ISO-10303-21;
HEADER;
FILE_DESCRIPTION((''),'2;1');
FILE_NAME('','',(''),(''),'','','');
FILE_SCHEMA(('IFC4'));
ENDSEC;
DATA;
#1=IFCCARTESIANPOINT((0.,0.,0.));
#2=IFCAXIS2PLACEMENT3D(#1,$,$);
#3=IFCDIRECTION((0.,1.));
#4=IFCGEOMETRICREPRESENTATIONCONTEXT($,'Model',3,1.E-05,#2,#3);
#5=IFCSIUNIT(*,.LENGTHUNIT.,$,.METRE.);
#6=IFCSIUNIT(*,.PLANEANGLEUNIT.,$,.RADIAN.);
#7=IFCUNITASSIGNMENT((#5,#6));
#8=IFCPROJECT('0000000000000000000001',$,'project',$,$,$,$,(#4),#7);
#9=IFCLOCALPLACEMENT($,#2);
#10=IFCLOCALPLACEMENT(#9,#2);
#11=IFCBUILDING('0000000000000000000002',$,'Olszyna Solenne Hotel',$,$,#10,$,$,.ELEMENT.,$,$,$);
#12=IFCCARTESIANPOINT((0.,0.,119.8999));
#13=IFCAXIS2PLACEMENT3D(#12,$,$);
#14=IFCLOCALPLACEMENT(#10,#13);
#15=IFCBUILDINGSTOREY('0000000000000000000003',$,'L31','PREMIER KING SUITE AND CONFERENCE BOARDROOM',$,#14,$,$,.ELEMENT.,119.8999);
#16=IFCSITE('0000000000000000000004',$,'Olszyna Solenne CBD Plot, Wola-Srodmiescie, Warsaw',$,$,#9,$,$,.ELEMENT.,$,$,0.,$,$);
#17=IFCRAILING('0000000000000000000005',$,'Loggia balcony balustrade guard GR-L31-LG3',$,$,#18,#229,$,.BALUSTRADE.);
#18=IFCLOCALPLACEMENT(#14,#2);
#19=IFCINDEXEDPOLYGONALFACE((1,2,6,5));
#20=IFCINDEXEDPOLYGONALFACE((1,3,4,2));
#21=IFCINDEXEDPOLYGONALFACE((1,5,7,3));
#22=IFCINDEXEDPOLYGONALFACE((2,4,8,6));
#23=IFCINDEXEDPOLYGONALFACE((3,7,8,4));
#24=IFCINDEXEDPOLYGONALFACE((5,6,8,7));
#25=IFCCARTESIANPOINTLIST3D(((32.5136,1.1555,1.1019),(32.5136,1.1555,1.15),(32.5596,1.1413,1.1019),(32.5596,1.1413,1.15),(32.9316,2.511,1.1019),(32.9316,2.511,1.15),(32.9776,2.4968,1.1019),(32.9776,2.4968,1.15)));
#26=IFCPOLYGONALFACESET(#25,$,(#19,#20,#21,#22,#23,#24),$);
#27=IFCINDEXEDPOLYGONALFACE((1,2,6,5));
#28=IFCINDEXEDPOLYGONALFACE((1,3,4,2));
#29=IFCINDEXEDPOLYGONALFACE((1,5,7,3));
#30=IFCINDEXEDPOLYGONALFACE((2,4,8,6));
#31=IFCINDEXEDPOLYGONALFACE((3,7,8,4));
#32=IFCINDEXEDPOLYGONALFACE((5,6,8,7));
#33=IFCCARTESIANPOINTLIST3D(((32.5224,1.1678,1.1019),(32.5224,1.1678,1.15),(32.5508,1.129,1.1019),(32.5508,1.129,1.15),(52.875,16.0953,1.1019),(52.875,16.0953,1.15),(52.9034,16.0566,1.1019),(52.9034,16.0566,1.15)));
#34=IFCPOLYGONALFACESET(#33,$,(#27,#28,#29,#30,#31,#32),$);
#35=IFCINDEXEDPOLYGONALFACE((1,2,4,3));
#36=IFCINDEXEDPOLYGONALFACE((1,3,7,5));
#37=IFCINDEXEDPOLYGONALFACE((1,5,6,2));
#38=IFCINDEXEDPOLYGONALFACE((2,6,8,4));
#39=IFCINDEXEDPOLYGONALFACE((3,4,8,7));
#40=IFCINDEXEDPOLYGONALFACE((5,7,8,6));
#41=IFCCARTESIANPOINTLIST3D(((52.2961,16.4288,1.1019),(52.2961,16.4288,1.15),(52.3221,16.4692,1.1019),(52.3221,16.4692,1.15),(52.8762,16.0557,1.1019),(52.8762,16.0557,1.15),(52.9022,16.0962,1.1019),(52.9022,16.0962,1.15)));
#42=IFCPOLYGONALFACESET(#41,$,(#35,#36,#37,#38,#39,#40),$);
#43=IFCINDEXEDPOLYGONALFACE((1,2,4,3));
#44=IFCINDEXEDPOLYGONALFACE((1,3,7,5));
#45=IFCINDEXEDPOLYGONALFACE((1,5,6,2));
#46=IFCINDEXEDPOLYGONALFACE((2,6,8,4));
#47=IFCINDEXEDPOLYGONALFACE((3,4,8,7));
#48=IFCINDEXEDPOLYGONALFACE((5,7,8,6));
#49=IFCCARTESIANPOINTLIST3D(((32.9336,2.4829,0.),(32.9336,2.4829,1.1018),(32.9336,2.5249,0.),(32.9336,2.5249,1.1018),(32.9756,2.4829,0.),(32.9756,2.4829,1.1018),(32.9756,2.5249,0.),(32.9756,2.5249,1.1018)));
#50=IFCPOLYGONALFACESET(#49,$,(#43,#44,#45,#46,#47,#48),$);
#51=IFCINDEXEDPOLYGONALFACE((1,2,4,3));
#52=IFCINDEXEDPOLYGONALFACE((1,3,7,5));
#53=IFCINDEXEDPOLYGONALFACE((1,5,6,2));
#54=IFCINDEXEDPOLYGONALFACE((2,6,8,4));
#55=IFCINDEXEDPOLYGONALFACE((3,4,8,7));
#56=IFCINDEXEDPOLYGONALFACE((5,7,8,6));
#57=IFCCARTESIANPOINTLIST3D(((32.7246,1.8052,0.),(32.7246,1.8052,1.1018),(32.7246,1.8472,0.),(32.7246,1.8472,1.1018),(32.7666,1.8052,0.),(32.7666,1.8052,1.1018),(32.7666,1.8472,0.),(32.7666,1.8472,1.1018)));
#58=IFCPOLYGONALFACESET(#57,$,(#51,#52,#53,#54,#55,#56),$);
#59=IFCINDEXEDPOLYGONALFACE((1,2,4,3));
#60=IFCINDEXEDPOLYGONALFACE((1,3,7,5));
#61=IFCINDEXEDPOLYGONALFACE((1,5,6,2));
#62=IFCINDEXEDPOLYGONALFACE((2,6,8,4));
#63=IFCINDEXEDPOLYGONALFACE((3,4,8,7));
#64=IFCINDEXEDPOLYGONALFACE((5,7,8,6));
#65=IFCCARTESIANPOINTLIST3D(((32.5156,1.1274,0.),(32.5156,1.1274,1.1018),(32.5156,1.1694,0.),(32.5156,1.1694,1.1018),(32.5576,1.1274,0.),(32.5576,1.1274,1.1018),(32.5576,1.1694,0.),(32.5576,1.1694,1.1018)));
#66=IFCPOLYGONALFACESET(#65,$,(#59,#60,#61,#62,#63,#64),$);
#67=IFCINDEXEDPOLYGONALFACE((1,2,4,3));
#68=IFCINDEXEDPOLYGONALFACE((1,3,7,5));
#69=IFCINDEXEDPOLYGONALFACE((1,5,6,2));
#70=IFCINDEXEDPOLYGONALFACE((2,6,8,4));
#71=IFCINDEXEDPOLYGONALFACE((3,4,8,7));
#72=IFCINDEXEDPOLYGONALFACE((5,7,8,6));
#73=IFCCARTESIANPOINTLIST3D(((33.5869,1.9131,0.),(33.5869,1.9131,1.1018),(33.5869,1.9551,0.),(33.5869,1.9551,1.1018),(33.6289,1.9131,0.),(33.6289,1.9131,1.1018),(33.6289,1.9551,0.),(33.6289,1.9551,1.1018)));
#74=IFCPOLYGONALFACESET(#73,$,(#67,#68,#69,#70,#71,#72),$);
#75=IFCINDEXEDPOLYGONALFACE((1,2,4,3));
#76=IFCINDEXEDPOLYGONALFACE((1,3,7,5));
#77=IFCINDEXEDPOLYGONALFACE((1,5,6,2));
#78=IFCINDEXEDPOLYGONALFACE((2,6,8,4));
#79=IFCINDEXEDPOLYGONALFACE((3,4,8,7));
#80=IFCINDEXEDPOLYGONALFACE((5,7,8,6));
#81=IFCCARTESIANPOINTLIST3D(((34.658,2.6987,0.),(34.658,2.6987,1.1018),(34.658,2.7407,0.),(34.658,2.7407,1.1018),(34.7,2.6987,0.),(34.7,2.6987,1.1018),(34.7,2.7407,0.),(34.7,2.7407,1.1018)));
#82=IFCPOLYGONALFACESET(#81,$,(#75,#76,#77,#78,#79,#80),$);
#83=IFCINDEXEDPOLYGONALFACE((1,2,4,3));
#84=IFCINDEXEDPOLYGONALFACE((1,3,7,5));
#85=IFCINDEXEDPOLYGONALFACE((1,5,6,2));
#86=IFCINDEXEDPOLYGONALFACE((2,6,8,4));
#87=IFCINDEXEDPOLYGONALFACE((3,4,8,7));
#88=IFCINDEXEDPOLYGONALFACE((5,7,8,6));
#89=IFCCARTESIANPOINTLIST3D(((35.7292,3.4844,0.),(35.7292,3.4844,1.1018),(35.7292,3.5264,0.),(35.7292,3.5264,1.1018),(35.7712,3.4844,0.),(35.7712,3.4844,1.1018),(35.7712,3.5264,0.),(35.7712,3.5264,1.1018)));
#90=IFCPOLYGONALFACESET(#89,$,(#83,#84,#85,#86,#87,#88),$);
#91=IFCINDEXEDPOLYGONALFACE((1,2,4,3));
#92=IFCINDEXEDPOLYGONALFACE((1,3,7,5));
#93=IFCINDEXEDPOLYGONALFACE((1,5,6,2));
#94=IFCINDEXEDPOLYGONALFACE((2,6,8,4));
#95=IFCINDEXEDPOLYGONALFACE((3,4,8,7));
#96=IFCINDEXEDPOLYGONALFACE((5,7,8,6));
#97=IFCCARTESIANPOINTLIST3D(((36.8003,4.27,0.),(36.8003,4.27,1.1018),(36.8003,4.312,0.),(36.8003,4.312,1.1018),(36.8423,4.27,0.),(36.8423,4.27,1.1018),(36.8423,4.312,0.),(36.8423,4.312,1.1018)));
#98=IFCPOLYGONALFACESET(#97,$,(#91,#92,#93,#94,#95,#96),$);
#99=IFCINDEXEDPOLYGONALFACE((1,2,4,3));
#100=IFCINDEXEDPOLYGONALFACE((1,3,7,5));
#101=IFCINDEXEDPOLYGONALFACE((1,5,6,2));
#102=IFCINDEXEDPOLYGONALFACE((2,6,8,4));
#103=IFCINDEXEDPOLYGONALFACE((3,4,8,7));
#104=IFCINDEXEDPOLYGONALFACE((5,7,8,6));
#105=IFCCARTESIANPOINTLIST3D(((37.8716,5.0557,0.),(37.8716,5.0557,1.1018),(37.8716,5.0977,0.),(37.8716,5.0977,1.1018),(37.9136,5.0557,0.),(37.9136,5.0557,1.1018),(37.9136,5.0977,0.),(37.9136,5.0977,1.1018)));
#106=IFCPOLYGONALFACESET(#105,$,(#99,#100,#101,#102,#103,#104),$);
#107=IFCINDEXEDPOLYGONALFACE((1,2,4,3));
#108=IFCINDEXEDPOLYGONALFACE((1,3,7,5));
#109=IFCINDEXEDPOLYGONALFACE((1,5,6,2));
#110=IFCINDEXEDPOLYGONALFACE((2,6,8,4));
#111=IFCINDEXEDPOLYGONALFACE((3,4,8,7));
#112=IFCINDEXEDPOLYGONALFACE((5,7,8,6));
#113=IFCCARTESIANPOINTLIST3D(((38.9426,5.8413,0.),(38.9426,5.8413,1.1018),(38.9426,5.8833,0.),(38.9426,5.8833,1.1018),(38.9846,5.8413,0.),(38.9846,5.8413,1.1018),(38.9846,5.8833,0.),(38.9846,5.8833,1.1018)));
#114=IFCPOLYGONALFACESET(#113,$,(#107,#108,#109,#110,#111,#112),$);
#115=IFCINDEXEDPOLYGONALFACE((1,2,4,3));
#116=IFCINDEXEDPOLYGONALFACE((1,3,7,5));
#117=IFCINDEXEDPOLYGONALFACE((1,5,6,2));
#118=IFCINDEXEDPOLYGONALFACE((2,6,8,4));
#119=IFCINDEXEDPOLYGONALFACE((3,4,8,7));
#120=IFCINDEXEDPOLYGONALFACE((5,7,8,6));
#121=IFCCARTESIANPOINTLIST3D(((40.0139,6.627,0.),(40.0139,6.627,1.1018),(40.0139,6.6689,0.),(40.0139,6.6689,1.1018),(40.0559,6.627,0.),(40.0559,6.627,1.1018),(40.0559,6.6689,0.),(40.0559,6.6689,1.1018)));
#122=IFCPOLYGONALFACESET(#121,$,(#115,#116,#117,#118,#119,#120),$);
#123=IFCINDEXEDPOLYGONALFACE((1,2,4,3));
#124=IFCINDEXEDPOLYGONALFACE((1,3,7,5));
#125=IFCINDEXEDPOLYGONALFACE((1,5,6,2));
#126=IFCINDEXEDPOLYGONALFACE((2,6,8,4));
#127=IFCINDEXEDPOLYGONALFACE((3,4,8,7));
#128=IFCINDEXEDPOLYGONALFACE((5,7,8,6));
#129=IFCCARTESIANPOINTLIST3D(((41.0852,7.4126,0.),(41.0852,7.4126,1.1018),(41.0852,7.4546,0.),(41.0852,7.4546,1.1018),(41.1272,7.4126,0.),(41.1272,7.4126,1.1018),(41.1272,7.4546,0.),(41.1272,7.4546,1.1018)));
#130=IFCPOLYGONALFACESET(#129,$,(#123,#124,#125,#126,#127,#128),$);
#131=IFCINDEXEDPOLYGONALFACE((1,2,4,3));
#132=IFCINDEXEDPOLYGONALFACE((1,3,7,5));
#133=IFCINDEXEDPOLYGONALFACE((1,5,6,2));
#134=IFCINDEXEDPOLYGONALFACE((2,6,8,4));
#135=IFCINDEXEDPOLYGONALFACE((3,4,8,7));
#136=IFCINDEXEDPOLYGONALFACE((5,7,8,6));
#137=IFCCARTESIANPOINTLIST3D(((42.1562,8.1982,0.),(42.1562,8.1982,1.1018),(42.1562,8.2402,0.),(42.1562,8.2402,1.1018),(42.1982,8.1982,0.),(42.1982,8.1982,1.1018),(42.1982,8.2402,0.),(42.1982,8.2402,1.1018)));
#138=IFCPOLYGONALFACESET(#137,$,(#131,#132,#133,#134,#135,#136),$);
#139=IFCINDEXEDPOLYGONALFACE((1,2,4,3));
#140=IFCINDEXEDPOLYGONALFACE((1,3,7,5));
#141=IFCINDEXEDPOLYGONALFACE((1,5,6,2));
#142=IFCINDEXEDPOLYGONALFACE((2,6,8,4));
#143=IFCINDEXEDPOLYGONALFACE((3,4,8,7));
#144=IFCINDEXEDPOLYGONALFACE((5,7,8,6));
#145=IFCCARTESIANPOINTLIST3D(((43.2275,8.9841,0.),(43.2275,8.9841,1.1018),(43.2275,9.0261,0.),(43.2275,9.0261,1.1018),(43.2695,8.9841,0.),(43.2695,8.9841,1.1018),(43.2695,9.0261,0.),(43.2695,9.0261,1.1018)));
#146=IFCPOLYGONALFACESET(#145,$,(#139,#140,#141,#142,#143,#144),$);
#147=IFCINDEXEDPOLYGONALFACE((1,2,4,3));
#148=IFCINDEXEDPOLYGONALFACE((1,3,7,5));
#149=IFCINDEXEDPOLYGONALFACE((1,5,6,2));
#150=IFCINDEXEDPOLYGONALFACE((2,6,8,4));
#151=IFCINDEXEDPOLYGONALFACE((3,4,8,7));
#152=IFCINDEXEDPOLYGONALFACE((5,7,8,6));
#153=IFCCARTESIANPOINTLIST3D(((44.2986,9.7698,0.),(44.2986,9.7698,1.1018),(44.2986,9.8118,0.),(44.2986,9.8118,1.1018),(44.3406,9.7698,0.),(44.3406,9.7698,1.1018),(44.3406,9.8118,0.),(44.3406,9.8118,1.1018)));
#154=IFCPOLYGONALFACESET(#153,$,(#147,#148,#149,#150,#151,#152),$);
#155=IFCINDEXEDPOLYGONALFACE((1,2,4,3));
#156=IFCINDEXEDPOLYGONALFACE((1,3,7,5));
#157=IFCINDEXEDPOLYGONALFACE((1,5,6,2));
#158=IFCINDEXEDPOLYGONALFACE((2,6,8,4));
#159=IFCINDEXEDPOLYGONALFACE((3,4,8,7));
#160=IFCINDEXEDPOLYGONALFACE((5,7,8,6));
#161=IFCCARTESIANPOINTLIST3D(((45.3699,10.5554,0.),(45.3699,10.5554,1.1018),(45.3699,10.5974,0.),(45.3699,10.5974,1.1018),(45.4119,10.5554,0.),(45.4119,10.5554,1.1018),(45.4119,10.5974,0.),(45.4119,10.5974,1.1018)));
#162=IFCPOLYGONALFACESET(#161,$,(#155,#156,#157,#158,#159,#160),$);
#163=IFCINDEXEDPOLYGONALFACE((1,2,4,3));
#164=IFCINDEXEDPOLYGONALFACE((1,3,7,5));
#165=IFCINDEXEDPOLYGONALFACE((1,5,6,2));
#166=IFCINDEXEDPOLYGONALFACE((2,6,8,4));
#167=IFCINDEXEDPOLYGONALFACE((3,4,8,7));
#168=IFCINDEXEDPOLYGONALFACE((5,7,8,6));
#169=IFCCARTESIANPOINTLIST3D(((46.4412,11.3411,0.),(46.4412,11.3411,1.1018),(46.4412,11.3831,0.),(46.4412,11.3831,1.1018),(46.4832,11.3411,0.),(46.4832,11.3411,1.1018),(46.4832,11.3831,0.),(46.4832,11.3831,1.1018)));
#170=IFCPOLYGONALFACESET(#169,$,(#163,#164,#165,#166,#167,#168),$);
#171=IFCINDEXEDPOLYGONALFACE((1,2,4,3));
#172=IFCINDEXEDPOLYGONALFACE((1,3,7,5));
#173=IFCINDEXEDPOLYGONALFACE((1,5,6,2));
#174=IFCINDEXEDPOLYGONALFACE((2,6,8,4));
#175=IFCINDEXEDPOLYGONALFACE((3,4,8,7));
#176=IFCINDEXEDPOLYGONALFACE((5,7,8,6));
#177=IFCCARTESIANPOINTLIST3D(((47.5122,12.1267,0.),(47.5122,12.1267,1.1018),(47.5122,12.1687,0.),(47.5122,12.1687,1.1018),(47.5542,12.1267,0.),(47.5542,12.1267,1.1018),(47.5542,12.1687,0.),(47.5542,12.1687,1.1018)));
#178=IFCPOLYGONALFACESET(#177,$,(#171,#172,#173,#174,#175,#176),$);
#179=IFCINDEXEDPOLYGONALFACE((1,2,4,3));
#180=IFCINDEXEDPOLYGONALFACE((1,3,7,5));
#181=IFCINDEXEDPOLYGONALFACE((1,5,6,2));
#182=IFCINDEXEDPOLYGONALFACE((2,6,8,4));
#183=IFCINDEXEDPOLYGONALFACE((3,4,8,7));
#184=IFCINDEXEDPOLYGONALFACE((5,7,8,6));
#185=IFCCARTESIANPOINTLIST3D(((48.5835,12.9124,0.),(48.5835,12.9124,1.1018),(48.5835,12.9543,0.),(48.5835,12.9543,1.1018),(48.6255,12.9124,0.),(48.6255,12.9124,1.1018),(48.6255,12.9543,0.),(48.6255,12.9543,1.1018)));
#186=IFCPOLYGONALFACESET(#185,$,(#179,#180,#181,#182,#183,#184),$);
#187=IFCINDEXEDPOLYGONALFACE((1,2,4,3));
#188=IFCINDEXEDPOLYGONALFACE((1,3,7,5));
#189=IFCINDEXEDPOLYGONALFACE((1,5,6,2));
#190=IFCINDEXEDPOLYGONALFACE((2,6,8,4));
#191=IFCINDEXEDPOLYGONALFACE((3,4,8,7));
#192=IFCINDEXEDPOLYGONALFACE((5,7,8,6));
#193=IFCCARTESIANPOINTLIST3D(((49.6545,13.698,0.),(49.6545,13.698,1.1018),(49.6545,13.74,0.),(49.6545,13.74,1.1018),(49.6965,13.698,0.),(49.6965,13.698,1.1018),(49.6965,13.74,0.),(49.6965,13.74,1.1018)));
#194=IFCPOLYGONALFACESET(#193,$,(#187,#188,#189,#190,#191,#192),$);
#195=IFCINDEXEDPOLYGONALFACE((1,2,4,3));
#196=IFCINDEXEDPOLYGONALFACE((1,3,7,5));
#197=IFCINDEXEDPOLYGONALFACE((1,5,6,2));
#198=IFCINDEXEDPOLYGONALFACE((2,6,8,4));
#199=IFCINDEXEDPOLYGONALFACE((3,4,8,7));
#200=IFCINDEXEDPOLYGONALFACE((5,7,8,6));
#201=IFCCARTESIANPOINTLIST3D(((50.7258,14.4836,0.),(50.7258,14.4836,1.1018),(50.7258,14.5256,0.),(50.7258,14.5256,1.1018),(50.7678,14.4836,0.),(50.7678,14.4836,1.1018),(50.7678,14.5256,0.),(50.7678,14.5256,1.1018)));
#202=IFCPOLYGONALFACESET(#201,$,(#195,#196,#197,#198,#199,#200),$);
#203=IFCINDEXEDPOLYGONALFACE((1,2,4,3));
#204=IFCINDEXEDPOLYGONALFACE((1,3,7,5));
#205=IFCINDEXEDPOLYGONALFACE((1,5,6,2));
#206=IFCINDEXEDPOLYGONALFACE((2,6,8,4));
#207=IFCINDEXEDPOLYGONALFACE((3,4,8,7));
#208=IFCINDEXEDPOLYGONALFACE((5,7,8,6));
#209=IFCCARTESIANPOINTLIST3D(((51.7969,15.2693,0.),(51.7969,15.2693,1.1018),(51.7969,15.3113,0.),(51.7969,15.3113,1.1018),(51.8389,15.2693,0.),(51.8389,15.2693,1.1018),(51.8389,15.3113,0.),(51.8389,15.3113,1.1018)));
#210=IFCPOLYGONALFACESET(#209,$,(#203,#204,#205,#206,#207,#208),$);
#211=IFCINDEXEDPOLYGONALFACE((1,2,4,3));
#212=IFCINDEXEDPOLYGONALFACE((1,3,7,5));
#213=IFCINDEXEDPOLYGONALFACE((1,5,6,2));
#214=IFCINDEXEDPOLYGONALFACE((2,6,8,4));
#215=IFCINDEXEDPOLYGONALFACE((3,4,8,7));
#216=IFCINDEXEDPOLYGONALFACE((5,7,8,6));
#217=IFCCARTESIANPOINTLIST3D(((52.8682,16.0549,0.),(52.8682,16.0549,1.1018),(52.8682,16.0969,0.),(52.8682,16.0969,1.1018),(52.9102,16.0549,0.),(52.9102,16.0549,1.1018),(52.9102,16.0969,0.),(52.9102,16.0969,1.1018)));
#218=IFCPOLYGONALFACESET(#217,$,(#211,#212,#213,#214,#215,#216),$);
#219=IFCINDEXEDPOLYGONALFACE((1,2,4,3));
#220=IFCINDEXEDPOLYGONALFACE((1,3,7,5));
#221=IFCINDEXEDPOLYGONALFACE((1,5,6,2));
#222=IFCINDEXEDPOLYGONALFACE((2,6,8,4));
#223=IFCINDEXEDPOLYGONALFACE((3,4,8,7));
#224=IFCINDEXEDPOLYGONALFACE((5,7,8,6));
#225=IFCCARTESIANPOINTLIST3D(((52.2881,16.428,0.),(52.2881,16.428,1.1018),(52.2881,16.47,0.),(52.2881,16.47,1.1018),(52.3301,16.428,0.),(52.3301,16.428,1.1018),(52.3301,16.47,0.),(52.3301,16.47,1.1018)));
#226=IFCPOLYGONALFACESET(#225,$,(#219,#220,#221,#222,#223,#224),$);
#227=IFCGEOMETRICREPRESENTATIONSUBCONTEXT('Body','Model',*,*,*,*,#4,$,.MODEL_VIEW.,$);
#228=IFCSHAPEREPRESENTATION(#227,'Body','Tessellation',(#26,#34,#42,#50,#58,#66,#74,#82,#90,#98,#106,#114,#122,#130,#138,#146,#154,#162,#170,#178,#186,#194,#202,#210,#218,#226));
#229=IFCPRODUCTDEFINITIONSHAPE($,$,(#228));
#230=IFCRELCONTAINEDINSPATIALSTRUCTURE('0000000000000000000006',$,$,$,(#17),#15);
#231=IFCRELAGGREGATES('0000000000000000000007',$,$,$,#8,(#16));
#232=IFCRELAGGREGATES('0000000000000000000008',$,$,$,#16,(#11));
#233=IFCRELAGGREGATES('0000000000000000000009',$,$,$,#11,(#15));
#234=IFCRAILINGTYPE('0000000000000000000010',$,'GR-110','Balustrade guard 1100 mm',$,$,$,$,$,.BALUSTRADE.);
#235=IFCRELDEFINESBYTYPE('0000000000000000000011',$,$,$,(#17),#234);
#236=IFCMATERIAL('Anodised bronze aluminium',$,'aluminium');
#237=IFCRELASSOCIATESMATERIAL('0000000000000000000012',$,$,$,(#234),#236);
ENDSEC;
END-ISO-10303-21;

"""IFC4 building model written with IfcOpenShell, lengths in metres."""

from ifc_helpers import new_model, si_unit, direction, frame, origin, origin_2d, place, context, subcontext, project, spatial, rectangle, extrude, material, type_object, element, save


model = new_model("IFC4")

# Units and contexts
model_context = context("Model", 3, precision=1e-05, world=origin(), true_north=direction((0.0, 1.0)))
body_context = subcontext(model_context, "Body", "Model", "MODEL_VIEW")
ifc_project = project(units=[si_unit("LENGTHUNIT", "METRE"), si_unit("PLANEANGLEUNIT", "RADIAN")], contexts=[model_context])

# Site, building, storey
site_placement = place(None, origin())
site = spatial("IfcSite", under=ifc_project, at=site_placement, Name="Olszyna Solenne CBD Plot, Wola-Srodmiescie, Warsaw", CompositionType="ELEMENT", RefElevation=0.0)
building_placement = place(site_placement, origin())
building = spatial("IfcBuilding", under=site, at=building_placement, Name="Olszyna Solenne Hotel", CompositionType="ELEMENT")
storey_placement = place(building_placement, frame((0.0, 0.0, 119.8999)))
storey = spatial("IfcBuildingStorey", under=building, at=storey_placement, Name="L31", Description="PREMIER KING SUITE AND CONFERENCE BOARDROOM", CompositionType="ELEMENT", Elevation=119.8999)

# Railing
ifc_material_1 = material(Name="Anodised bronze aluminium", Category="aluminium")
railing_type_1 = type_object("IfcRailingType", Name="GR-110", Description="Balustrade guard 1100 mm", PredefinedType="BALUSTRADE", material=ifc_material_1)
railing_1_placement = place(storey_placement, frame((32.9546, 2.5039, 0.0)))
element("IfcRailing", 1, at=railing_1_placement, inside=storey, type_object=railing_type_1, Name="Loggia balcony balustrade guard GR-L31-LG3", PredefinedType="BALUSTRADE", context=body_context, shape_type="SweptSolid", body=[
    extrude(rectangle(XDim=0.0481, YDim=0.0481, at=origin_2d()), frame((0.0, 0.0, 1.126), z_axis=(-0.294666, -0.9556, 0.0), x_axis=(0.9556, -0.294666, 0.0)), (0.0, 0.0, 1.0), 1.4185),
    extrude(rectangle(XDim=0.0481, YDim=0.0481, at=origin_2d()), frame((-0.418, -1.3555, 1.126), z_axis=(0.806362, 0.591423, 0.0), x_axis=(-0.591423, 0.806362, 0.0)), (0.0, 0.0, 1.0), 25.24),
    extrude(rectangle(XDim=0.0481, YDim=0.0481, at=origin_2d()), frame((19.9346, 13.572, 1.126), z_axis=(-0.841086, 0.540901, 0.0), x_axis=(-0.540901, -0.841086, 0.0)), (0.0, 0.0, 1.0), 0.6897),
    extrude(rectangle(XDim=0.042, YDim=0.042, at=origin_2d()), origin(), (0.0, 0.0, 1.0), 1.1018),
    extrude(rectangle(XDim=0.042, YDim=0.042, at=origin_2d()), frame((-0.209, -0.6777, 0.0)), (0.0, 0.0, 1.0), 1.1018),
    extrude(rectangle(XDim=0.042, YDim=0.042, at=origin_2d()), frame((-0.418, -1.3555, 0.0)), (0.0, 0.0, 1.0), 1.1018),
    extrude(rectangle(XDim=0.042, YDim=0.042, at=origin_2d()), frame((0.6533, -0.5698, 0.0)), (0.0, 0.0, 1.0), 1.1018),
    extrude(rectangle(XDim=0.042, YDim=0.042, at=origin_2d()), frame((1.7244, 0.2158, 0.0)), (0.0, 0.0, 1.0), 1.1018),
    extrude(rectangle(XDim=0.042, YDim=0.042, at=origin_2d()), frame((2.7957, 1.0015, 0.0)), (0.0, 0.0, 1.0), 1.1018),
    extrude(rectangle(XDim=0.042, YDim=0.042, at=origin_2d()), frame((3.8667, 1.7871, 0.0)), (0.0, 0.0, 1.0), 1.1018),
    extrude(rectangle(XDim=0.042, YDim=0.042, at=origin_2d()), frame((4.938, 2.5728, 0.0)), (0.0, 0.0, 1.0), 1.1018),
    extrude(rectangle(XDim=0.042, YDim=0.042, at=origin_2d()), frame((6.009, 3.3584, 0.0)), (0.0, 0.0, 1.0), 1.1018),
    extrude(rectangle(XDim=0.042, YDim=0.042, at=origin_2d()), frame((7.0803, 4.144, 0.0)), (0.0, 0.0, 1.0), 1.1018),
    extrude(rectangle(XDim=0.042, YDim=0.042, at=origin_2d()), frame((8.1516, 4.9297, 0.0)), (0.0, 0.0, 1.0), 1.1018),
    extrude(rectangle(XDim=0.042, YDim=0.042, at=origin_2d()), frame((9.2227, 5.7153, 0.0)), (0.0, 0.0, 1.0), 1.1018),
    extrude(rectangle(XDim=0.042, YDim=0.042, at=origin_2d()), frame((10.2939, 6.5012, 0.0)), (0.0, 0.0, 1.0), 1.1018),
    extrude(rectangle(XDim=0.042, YDim=0.042, at=origin_2d()), frame((11.365, 7.2869, 0.0)), (0.0, 0.0, 1.0), 1.1018),
    extrude(rectangle(XDim=0.042, YDim=0.042, at=origin_2d()), frame((12.4363, 8.0725, 0.0)), (0.0, 0.0, 1.0), 1.1018),
    extrude(rectangle(XDim=0.042, YDim=0.042, at=origin_2d()), frame((13.5076, 8.8582, 0.0)), (0.0, 0.0, 1.0), 1.1018),
    extrude(rectangle(XDim=0.042, YDim=0.042, at=origin_2d()), frame((14.5786, 9.6438, 0.0)), (0.0, 0.0, 1.0), 1.1018),
    extrude(rectangle(XDim=0.042, YDim=0.042, at=origin_2d()), frame((15.6499, 10.4294, 0.0)), (0.0, 0.0, 1.0), 1.1018),
    extrude(rectangle(XDim=0.042, YDim=0.042, at=origin_2d()), frame((16.7209, 11.2151, 0.0)), (0.0, 0.0, 1.0), 1.1018),
    extrude(rectangle(XDim=0.042, YDim=0.042, at=origin_2d()), frame((17.7922, 12.0007, 0.0)), (0.0, 0.0, 1.0), 1.1018),
    extrude(rectangle(XDim=0.042, YDim=0.042, at=origin_2d()), frame((18.8633, 12.7864, 0.0)), (0.0, 0.0, 1.0), 1.1018),
    extrude(rectangle(XDim=0.042, YDim=0.042, at=origin_2d()), frame((19.9346, 13.572, 0.0)), (0.0, 0.0, 1.0), 1.1018),
    extrude(rectangle(XDim=0.042, YDim=0.042, at=origin_2d()), frame((19.3545, 13.9451, 0.0)), (0.0, 0.0, 1.0), 1.1018),
])

save(model, "model.ifc")
